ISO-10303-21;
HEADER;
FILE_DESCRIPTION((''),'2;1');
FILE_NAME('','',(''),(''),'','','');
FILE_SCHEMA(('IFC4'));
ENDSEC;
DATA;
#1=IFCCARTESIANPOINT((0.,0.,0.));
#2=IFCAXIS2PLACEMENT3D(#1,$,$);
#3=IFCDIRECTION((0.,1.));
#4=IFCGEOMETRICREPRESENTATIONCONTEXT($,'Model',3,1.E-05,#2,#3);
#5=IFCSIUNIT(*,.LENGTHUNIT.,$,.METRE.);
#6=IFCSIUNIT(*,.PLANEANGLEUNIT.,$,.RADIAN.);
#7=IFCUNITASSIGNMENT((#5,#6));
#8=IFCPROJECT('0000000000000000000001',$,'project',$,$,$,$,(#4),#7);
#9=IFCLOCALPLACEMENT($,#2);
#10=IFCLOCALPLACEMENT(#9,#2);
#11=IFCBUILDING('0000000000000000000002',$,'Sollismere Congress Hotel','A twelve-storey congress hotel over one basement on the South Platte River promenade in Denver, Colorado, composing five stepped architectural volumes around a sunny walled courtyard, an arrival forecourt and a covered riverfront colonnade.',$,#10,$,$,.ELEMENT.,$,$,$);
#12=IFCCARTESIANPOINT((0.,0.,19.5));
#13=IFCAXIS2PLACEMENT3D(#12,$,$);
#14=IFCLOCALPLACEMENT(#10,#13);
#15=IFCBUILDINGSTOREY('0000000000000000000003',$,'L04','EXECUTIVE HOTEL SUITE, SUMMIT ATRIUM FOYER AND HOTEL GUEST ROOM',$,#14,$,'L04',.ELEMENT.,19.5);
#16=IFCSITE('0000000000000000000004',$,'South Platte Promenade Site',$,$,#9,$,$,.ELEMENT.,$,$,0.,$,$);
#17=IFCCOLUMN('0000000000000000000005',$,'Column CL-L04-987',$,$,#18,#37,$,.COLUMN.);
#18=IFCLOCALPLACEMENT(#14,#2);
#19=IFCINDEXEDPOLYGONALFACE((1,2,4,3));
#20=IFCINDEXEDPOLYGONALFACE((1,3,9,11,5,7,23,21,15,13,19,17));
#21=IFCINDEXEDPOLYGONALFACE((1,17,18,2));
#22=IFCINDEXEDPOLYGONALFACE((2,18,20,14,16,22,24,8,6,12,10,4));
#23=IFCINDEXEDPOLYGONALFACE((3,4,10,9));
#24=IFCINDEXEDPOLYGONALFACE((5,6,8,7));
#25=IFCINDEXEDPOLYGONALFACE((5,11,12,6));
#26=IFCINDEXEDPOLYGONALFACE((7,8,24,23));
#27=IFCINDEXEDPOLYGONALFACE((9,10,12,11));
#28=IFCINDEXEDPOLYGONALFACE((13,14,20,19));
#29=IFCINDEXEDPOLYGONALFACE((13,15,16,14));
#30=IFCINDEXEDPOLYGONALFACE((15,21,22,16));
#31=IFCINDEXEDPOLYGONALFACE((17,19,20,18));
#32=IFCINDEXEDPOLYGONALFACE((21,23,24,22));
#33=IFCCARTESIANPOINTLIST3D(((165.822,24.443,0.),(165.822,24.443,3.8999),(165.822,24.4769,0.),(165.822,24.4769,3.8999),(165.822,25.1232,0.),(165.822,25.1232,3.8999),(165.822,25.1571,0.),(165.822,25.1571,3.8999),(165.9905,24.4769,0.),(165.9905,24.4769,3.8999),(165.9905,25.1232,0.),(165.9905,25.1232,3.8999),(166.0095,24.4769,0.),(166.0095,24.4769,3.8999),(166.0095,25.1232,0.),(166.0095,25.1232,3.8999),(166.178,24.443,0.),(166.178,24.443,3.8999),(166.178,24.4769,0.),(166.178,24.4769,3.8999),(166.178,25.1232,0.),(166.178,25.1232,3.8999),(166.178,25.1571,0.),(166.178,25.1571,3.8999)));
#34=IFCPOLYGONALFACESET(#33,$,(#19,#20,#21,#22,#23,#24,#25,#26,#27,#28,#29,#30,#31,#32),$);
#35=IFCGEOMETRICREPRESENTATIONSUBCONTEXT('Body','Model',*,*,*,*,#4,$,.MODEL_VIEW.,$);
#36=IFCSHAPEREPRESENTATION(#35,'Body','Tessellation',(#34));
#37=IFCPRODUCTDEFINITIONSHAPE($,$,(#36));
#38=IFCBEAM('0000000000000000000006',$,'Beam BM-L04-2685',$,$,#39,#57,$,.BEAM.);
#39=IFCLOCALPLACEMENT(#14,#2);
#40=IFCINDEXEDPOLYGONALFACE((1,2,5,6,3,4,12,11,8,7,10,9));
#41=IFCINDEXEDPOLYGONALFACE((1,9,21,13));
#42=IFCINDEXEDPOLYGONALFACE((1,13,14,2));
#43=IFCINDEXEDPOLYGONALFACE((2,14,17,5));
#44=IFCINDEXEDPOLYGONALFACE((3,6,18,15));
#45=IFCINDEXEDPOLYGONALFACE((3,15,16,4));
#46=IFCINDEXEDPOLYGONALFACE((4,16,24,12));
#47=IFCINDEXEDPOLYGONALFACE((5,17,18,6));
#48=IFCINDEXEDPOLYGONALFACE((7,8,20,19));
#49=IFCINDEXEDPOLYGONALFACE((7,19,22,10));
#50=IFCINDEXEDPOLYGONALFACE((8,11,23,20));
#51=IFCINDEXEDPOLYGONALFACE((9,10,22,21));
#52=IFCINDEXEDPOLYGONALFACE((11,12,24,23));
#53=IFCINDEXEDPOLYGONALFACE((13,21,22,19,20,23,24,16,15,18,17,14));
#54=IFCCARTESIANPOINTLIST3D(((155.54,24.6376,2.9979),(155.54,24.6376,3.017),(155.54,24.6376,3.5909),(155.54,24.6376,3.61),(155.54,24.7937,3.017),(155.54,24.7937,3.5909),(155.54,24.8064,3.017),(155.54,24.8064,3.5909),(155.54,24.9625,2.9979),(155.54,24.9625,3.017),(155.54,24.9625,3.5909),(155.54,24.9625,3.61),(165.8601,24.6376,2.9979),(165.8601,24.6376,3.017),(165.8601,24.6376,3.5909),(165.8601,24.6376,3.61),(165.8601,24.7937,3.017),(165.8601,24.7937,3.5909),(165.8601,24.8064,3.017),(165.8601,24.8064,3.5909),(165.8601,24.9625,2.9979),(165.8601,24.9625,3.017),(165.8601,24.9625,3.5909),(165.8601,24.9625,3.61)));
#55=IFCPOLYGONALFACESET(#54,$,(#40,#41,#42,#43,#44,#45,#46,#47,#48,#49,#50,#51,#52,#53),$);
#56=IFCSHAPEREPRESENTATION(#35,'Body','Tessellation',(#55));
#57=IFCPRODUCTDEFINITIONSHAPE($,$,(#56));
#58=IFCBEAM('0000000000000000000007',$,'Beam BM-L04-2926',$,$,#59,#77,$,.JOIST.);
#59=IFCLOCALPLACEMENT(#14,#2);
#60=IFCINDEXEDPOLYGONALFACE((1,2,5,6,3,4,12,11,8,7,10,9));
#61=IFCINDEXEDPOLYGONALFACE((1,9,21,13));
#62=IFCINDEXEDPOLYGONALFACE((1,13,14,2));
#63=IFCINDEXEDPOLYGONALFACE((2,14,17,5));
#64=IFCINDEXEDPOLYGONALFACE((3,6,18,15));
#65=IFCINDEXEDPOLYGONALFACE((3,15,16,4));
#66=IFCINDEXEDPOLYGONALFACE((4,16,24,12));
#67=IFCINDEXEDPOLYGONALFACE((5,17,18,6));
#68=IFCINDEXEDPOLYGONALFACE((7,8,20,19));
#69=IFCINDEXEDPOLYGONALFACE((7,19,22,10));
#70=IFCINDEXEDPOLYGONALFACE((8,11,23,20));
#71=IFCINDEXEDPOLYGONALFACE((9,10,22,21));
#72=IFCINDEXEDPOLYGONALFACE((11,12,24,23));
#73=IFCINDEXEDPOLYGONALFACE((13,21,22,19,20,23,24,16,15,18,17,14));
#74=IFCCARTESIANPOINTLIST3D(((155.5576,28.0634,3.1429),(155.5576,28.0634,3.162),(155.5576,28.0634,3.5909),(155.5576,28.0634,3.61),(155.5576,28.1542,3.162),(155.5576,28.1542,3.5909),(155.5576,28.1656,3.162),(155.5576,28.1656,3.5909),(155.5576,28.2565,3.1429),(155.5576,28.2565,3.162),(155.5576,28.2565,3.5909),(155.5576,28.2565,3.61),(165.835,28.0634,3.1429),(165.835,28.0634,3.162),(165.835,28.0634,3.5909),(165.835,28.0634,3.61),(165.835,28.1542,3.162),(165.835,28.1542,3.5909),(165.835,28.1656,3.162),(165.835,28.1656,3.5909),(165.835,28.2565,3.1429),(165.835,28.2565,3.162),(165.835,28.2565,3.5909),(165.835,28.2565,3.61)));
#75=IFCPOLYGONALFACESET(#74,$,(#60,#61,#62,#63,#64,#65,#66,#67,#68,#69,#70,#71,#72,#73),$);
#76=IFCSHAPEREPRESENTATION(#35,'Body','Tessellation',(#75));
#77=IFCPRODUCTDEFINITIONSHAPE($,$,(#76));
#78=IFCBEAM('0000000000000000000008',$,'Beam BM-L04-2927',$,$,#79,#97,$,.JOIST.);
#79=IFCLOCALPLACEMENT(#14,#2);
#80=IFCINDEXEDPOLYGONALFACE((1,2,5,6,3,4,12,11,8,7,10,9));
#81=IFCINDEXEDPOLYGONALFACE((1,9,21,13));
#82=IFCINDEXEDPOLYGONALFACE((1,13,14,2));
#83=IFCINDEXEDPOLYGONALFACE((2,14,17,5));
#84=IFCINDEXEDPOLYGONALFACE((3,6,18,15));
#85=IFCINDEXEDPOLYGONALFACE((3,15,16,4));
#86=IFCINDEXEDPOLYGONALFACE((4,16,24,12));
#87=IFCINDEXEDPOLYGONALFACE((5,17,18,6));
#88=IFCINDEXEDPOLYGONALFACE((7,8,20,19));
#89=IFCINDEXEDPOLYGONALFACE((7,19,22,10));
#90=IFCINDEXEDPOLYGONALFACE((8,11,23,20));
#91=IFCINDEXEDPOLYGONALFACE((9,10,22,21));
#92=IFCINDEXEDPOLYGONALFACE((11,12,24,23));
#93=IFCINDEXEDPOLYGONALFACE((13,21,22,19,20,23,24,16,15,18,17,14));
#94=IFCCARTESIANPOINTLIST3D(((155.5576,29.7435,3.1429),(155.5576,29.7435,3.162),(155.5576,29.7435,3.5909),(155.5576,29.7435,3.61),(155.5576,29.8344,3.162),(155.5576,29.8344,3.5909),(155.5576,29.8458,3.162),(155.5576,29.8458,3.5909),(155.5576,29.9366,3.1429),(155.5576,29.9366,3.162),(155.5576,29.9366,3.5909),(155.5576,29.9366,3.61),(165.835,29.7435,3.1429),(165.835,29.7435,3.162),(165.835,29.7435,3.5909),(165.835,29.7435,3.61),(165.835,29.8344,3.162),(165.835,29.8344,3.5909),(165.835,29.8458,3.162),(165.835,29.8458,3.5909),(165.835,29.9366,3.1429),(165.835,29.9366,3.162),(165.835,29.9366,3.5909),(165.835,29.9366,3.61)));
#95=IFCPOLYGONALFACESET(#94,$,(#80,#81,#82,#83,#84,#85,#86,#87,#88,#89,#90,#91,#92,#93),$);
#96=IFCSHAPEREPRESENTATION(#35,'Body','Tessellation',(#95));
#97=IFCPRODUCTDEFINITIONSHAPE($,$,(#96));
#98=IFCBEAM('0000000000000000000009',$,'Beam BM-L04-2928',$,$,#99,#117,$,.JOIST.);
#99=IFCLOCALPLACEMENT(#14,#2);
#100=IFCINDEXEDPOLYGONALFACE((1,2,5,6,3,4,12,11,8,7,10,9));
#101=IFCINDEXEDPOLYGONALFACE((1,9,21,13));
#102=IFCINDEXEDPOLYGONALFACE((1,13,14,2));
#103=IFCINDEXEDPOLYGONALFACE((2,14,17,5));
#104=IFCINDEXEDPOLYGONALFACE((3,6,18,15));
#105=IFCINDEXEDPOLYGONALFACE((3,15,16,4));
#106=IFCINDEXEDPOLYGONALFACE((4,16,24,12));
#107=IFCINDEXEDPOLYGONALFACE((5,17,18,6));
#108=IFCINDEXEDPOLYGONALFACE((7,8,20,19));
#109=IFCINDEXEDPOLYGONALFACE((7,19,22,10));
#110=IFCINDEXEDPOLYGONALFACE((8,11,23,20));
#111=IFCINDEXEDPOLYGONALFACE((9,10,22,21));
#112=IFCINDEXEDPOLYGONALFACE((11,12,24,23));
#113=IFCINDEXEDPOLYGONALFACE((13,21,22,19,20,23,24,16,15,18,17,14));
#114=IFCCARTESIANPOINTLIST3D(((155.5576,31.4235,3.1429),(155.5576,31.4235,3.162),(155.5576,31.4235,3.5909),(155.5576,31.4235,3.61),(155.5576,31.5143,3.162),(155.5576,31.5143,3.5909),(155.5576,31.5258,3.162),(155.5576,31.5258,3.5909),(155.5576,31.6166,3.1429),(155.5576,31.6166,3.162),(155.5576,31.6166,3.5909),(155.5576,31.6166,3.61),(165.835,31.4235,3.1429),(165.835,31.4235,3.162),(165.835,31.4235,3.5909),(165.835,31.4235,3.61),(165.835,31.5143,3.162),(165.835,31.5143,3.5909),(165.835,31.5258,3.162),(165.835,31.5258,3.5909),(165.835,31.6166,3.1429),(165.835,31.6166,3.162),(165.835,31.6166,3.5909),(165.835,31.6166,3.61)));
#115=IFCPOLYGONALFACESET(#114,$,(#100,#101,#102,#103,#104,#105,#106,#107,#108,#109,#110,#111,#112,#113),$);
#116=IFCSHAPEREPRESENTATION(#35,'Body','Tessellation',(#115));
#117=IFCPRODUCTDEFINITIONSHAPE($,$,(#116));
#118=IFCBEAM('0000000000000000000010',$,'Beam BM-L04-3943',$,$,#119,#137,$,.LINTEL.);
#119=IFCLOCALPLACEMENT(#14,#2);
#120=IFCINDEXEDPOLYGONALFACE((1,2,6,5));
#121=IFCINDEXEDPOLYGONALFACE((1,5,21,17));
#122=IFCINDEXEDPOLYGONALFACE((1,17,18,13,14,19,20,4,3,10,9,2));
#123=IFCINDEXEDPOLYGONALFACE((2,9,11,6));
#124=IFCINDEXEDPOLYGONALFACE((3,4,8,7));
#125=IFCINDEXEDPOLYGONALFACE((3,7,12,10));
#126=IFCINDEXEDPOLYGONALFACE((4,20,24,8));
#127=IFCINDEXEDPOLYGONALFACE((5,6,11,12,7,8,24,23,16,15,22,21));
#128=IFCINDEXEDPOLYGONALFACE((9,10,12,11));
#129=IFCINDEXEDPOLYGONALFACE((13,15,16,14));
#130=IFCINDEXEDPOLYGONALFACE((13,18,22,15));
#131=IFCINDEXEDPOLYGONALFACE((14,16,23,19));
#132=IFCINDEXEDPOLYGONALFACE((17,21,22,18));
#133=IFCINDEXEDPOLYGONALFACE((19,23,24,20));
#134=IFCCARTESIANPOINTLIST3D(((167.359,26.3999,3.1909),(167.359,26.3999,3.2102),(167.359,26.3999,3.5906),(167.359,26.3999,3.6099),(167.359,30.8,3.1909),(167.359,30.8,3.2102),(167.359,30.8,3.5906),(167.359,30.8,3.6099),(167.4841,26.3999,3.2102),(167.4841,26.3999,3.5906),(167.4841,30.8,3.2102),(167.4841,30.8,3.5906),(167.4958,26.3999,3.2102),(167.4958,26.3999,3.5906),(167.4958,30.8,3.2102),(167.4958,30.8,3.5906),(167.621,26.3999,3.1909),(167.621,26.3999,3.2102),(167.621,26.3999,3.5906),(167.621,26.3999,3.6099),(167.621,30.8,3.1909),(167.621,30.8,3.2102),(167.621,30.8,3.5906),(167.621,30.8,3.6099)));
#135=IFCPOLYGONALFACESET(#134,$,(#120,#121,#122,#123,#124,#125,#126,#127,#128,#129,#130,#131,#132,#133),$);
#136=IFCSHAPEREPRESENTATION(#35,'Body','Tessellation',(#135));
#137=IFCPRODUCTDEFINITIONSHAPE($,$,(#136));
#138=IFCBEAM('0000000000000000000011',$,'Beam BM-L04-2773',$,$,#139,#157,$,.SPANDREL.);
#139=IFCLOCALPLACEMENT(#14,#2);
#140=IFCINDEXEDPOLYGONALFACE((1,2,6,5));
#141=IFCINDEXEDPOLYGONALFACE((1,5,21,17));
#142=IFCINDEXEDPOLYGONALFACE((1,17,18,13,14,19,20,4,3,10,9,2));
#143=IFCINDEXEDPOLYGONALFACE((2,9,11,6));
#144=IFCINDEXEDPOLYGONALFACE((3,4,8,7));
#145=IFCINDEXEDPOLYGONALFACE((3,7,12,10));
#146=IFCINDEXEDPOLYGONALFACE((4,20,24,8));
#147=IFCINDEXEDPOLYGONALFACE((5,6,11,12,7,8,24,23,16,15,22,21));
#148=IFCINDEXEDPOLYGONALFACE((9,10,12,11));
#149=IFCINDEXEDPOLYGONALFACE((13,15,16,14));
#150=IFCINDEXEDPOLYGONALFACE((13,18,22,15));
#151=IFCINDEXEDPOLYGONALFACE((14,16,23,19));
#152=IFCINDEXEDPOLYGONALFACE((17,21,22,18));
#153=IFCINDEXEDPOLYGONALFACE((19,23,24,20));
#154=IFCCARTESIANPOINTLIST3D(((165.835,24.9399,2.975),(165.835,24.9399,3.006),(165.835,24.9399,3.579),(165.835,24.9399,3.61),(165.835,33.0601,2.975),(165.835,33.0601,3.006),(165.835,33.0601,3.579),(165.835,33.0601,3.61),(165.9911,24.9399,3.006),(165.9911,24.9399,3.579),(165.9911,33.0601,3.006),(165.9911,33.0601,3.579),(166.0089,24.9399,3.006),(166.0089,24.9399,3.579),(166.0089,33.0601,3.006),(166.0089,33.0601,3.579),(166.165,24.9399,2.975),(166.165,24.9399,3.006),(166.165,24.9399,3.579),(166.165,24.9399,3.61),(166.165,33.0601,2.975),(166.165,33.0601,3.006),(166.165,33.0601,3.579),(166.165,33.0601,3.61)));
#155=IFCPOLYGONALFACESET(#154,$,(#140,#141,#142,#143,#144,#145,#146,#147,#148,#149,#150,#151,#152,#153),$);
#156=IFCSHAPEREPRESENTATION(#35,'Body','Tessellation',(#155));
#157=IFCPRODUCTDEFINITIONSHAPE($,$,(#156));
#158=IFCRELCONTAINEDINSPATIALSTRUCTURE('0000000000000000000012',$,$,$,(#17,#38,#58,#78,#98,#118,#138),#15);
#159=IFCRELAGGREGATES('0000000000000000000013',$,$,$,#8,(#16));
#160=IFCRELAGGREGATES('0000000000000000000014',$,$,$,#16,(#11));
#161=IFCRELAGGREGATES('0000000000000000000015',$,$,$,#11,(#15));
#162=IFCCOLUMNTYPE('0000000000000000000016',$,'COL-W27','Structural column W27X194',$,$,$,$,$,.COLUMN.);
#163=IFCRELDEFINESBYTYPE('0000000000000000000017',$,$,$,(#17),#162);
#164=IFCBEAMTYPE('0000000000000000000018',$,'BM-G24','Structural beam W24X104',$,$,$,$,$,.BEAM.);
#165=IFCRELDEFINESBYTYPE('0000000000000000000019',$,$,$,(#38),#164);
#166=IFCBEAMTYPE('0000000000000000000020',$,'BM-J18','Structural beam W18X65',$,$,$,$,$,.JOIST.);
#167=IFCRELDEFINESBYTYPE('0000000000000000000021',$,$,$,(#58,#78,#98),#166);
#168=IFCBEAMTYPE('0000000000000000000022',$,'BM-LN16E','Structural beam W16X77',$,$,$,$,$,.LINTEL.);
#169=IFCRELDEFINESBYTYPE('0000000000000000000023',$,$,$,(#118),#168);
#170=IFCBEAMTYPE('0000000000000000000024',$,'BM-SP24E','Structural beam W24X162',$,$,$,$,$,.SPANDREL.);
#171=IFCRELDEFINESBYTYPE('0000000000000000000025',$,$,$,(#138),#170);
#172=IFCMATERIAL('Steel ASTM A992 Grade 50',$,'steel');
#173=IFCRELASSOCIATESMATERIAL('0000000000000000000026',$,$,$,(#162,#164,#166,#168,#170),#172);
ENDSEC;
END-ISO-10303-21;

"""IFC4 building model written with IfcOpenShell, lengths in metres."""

from ifc_helpers import new_model, si_unit, direction, frame, origin, origin_2d, place, context, subcontext, project, spatial, i_section, extrude, material, material_profile, profile_set, type_object, element, save


model = new_model("IFC4")

# Units and contexts
model_context = context("Model", 3, precision=1e-05, world=origin(), true_north=direction((0.0, 1.0)))
body_context = subcontext(model_context, "Body", "Model", "MODEL_VIEW")
ifc_project = project(units=[si_unit("LENGTHUNIT", "METRE"), si_unit("PLANEANGLEUNIT", "RADIAN")], contexts=[model_context])

# Site, building, storey
site_placement = place(None, origin())
site = spatial("IfcSite", under=ifc_project, at=site_placement, Name="South Platte Promenade Site", CompositionType="ELEMENT", RefElevation=0.0)
building_placement = place(site_placement, origin())
building = spatial("IfcBuilding", under=site, at=building_placement, Name="Sollismere Congress Hotel", Description="A twelve-storey congress hotel over one basement on the South Platte River promenade in Denver, Colorado, composing five stepped architectural volumes around a sunny walled courtyard, an arrival forecourt and a covered riverfront colonnade.", CompositionType="ELEMENT")
storey_placement = place(building_placement, frame((0.0, 0.0, 19.5)))
storey = spatial("IfcBuildingStorey", under=building, at=storey_placement, Name="L04", Description="EXECUTIVE HOTEL SUITE, SUMMIT ATRIUM FOYER AND HOTEL GUEST ROOM", LongName="L04", CompositionType="ELEMENT", Elevation=19.5)

# Column
ifc_material_1 = material(Name="Steel ASTM A992 Grade 50", Category="steel")
ifc_material_profile_1 = material_profile(ifc_material_1, i_section(OverallWidth=0.356, OverallDepth=0.7141, WebThickness=0.019, FlangeThickness=0.0339, at=origin_2d()), Name="W27X194")
ifc_profile_set_1 = profile_set([ifc_material_profile_1], Name="Steel ASTM A992 Grade 50")
column_type = type_object("IfcColumnType", Name="COL-W27", Description="Structural column W27X194", PredefinedType="COLUMN", material=ifc_profile_set_1)
column_placement = place(storey_placement, frame((166.0, 24.8, 0.0), z_axis=(0.0, 0.0, 1.0), x_axis=(1.0, 0.0, 0.0)))
element("IfcColumn", 1, at=column_placement, inside=storey, type_object=column_type, Name="Column CL-L04-987", PredefinedType="COLUMN", context=body_context, shape_type="SweptSolid", body=[
    extrude(i_section(OverallWidth=0.356, OverallDepth=0.7141, WebThickness=0.019, FlangeThickness=0.0339, at=origin_2d()), origin(), (0.0, 0.0, 1.0), 3.8999),
])

# Beams
ifc_material_profile_2 = material_profile(ifc_material_1, i_section(OverallWidth=0.325, OverallDepth=0.6121, WebThickness=0.0127, FlangeThickness=0.019, at=origin_2d()), Name="W24X104")
ifc_profile_set_2 = profile_set([ifc_material_profile_2], Name="Steel ASTM A992 Grade 50")
beam_type_1 = type_object("IfcBeamType", Name="BM-G24", Description="Structural beam W24X104", PredefinedType="BEAM", material=ifc_profile_set_2)
beam_1_placement = place(storey_placement, frame((155.54, 24.8, 3.304), z_axis=(1.0, 0.0, 0.0), x_axis=(0.0, 1.0, 0.0)))
element("IfcBeam", 2, at=beam_1_placement, inside=storey, type_object=beam_type_1, Name="Beam BM-L04-2685", PredefinedType="BEAM", context=body_context, shape_type="SweptSolid", body=[
    extrude(i_section(OverallWidth=0.325, OverallDepth=0.6121, WebThickness=0.0127, FlangeThickness=0.019, at=origin_2d()), origin(), (0.0, 0.0, 1.0), 10.3201),
])
ifc_material_profile_3 = material_profile(ifc_material_1, i_section(OverallWidth=0.1931, OverallDepth=0.467, WebThickness=0.0115, FlangeThickness=0.019, at=origin_2d()), Name="W18X65")
ifc_profile_set_3 = profile_set([ifc_material_profile_3], Name="Steel ASTM A992 Grade 50")
beam_type_2 = type_object("IfcBeamType", Name="BM-J18", Description="Structural beam W18X65", PredefinedType="JOIST", material=ifc_profile_set_3)
for number, where, z_axis, x_axis, name in (
    (3, (155.5576, 28.1599, 3.3765), (1.0, 0.0, 0.0), (0.0, 1.0, 0.0), "Beam BM-L04-2926"),
    (4, (155.5576, 29.8401, 3.3765), (1.0, 0.0, 0.0), (0.0, 1.0, 0.0), "Beam BM-L04-2927"),
    (5, (155.5576, 31.52, 3.3765), (1.0, 0.0, 0.0), (0.0, 1.0, 0.0), "Beam BM-L04-2928"),
):
    element("IfcBeam", number, at=place(storey_placement, frame(where, z_axis=z_axis, x_axis=x_axis)), inside=storey, type_object=beam_type_2, Name=name, PredefinedType="JOIST", context=body_context, shape_type="SweptSolid", body=[
        extrude(i_section(OverallWidth=0.1931, OverallDepth=0.467, WebThickness=0.0115, FlangeThickness=0.019, at=origin_2d()), origin(), (0.0, 0.0, 1.0), 10.2773),
    ])
ifc_material_profile_4 = material_profile(ifc_material_1, i_section(OverallWidth=0.262, OverallDepth=0.4189, WebThickness=0.0117, FlangeThickness=0.0193, at=origin_2d()), Name="W16X77")
ifc_profile_set_4 = profile_set([ifc_material_profile_4], Name="Steel ASTM A992 Grade 50")
beam_type_3 = type_object("IfcBeamType", Name="BM-LN16E", Description="Structural beam W16X77", PredefinedType="LINTEL", material=ifc_profile_set_4)
beam_2_placement = place(storey_placement, frame((167.49, 26.3999, 3.4004), z_axis=(0.0, 1.0, 0.0), x_axis=(-1.0, 0.0, 0.0)))
element("IfcBeam", 6, at=beam_2_placement, inside=storey, type_object=beam_type_3, Name="Beam BM-L04-3943", PredefinedType="LINTEL", context=body_context, shape_type="SweptSolid", body=[
    extrude(i_section(OverallWidth=0.262, OverallDepth=0.4189, WebThickness=0.0117, FlangeThickness=0.0193, at=origin_2d()), origin(), (0.0, 0.0, 1.0), 4.4001),
])
ifc_material_profile_5 = material_profile(ifc_material_1, i_section(OverallWidth=0.3301, OverallDepth=0.635, WebThickness=0.0178, FlangeThickness=0.031, at=origin_2d()), Name="W24X162")
ifc_profile_set_5 = profile_set([ifc_material_profile_5], Name="Steel ASTM A992 Grade 50")
beam_type_4 = type_object("IfcBeamType", Name="BM-SP24E", Description="Structural beam W24X162", PredefinedType="SPANDREL", material=ifc_profile_set_5)
beam_3_placement = place(storey_placement, frame((166.0, 24.9399, 3.2925), z_axis=(0.0, 1.0, 0.0), x_axis=(-1.0, 0.0, 0.0)))
element("IfcBeam", 7, at=beam_3_placement, inside=storey, type_object=beam_type_4, Name="Beam BM-L04-2773", PredefinedType="SPANDREL", context=body_context, shape_type="SweptSolid", body=[
    extrude(i_section(OverallWidth=0.3301, OverallDepth=0.635, WebThickness=0.0178, FlangeThickness=0.031, at=origin_2d()), origin(), (0.0, 0.0, 1.0), 8.1201),
])

save(model, "model.ifc")
